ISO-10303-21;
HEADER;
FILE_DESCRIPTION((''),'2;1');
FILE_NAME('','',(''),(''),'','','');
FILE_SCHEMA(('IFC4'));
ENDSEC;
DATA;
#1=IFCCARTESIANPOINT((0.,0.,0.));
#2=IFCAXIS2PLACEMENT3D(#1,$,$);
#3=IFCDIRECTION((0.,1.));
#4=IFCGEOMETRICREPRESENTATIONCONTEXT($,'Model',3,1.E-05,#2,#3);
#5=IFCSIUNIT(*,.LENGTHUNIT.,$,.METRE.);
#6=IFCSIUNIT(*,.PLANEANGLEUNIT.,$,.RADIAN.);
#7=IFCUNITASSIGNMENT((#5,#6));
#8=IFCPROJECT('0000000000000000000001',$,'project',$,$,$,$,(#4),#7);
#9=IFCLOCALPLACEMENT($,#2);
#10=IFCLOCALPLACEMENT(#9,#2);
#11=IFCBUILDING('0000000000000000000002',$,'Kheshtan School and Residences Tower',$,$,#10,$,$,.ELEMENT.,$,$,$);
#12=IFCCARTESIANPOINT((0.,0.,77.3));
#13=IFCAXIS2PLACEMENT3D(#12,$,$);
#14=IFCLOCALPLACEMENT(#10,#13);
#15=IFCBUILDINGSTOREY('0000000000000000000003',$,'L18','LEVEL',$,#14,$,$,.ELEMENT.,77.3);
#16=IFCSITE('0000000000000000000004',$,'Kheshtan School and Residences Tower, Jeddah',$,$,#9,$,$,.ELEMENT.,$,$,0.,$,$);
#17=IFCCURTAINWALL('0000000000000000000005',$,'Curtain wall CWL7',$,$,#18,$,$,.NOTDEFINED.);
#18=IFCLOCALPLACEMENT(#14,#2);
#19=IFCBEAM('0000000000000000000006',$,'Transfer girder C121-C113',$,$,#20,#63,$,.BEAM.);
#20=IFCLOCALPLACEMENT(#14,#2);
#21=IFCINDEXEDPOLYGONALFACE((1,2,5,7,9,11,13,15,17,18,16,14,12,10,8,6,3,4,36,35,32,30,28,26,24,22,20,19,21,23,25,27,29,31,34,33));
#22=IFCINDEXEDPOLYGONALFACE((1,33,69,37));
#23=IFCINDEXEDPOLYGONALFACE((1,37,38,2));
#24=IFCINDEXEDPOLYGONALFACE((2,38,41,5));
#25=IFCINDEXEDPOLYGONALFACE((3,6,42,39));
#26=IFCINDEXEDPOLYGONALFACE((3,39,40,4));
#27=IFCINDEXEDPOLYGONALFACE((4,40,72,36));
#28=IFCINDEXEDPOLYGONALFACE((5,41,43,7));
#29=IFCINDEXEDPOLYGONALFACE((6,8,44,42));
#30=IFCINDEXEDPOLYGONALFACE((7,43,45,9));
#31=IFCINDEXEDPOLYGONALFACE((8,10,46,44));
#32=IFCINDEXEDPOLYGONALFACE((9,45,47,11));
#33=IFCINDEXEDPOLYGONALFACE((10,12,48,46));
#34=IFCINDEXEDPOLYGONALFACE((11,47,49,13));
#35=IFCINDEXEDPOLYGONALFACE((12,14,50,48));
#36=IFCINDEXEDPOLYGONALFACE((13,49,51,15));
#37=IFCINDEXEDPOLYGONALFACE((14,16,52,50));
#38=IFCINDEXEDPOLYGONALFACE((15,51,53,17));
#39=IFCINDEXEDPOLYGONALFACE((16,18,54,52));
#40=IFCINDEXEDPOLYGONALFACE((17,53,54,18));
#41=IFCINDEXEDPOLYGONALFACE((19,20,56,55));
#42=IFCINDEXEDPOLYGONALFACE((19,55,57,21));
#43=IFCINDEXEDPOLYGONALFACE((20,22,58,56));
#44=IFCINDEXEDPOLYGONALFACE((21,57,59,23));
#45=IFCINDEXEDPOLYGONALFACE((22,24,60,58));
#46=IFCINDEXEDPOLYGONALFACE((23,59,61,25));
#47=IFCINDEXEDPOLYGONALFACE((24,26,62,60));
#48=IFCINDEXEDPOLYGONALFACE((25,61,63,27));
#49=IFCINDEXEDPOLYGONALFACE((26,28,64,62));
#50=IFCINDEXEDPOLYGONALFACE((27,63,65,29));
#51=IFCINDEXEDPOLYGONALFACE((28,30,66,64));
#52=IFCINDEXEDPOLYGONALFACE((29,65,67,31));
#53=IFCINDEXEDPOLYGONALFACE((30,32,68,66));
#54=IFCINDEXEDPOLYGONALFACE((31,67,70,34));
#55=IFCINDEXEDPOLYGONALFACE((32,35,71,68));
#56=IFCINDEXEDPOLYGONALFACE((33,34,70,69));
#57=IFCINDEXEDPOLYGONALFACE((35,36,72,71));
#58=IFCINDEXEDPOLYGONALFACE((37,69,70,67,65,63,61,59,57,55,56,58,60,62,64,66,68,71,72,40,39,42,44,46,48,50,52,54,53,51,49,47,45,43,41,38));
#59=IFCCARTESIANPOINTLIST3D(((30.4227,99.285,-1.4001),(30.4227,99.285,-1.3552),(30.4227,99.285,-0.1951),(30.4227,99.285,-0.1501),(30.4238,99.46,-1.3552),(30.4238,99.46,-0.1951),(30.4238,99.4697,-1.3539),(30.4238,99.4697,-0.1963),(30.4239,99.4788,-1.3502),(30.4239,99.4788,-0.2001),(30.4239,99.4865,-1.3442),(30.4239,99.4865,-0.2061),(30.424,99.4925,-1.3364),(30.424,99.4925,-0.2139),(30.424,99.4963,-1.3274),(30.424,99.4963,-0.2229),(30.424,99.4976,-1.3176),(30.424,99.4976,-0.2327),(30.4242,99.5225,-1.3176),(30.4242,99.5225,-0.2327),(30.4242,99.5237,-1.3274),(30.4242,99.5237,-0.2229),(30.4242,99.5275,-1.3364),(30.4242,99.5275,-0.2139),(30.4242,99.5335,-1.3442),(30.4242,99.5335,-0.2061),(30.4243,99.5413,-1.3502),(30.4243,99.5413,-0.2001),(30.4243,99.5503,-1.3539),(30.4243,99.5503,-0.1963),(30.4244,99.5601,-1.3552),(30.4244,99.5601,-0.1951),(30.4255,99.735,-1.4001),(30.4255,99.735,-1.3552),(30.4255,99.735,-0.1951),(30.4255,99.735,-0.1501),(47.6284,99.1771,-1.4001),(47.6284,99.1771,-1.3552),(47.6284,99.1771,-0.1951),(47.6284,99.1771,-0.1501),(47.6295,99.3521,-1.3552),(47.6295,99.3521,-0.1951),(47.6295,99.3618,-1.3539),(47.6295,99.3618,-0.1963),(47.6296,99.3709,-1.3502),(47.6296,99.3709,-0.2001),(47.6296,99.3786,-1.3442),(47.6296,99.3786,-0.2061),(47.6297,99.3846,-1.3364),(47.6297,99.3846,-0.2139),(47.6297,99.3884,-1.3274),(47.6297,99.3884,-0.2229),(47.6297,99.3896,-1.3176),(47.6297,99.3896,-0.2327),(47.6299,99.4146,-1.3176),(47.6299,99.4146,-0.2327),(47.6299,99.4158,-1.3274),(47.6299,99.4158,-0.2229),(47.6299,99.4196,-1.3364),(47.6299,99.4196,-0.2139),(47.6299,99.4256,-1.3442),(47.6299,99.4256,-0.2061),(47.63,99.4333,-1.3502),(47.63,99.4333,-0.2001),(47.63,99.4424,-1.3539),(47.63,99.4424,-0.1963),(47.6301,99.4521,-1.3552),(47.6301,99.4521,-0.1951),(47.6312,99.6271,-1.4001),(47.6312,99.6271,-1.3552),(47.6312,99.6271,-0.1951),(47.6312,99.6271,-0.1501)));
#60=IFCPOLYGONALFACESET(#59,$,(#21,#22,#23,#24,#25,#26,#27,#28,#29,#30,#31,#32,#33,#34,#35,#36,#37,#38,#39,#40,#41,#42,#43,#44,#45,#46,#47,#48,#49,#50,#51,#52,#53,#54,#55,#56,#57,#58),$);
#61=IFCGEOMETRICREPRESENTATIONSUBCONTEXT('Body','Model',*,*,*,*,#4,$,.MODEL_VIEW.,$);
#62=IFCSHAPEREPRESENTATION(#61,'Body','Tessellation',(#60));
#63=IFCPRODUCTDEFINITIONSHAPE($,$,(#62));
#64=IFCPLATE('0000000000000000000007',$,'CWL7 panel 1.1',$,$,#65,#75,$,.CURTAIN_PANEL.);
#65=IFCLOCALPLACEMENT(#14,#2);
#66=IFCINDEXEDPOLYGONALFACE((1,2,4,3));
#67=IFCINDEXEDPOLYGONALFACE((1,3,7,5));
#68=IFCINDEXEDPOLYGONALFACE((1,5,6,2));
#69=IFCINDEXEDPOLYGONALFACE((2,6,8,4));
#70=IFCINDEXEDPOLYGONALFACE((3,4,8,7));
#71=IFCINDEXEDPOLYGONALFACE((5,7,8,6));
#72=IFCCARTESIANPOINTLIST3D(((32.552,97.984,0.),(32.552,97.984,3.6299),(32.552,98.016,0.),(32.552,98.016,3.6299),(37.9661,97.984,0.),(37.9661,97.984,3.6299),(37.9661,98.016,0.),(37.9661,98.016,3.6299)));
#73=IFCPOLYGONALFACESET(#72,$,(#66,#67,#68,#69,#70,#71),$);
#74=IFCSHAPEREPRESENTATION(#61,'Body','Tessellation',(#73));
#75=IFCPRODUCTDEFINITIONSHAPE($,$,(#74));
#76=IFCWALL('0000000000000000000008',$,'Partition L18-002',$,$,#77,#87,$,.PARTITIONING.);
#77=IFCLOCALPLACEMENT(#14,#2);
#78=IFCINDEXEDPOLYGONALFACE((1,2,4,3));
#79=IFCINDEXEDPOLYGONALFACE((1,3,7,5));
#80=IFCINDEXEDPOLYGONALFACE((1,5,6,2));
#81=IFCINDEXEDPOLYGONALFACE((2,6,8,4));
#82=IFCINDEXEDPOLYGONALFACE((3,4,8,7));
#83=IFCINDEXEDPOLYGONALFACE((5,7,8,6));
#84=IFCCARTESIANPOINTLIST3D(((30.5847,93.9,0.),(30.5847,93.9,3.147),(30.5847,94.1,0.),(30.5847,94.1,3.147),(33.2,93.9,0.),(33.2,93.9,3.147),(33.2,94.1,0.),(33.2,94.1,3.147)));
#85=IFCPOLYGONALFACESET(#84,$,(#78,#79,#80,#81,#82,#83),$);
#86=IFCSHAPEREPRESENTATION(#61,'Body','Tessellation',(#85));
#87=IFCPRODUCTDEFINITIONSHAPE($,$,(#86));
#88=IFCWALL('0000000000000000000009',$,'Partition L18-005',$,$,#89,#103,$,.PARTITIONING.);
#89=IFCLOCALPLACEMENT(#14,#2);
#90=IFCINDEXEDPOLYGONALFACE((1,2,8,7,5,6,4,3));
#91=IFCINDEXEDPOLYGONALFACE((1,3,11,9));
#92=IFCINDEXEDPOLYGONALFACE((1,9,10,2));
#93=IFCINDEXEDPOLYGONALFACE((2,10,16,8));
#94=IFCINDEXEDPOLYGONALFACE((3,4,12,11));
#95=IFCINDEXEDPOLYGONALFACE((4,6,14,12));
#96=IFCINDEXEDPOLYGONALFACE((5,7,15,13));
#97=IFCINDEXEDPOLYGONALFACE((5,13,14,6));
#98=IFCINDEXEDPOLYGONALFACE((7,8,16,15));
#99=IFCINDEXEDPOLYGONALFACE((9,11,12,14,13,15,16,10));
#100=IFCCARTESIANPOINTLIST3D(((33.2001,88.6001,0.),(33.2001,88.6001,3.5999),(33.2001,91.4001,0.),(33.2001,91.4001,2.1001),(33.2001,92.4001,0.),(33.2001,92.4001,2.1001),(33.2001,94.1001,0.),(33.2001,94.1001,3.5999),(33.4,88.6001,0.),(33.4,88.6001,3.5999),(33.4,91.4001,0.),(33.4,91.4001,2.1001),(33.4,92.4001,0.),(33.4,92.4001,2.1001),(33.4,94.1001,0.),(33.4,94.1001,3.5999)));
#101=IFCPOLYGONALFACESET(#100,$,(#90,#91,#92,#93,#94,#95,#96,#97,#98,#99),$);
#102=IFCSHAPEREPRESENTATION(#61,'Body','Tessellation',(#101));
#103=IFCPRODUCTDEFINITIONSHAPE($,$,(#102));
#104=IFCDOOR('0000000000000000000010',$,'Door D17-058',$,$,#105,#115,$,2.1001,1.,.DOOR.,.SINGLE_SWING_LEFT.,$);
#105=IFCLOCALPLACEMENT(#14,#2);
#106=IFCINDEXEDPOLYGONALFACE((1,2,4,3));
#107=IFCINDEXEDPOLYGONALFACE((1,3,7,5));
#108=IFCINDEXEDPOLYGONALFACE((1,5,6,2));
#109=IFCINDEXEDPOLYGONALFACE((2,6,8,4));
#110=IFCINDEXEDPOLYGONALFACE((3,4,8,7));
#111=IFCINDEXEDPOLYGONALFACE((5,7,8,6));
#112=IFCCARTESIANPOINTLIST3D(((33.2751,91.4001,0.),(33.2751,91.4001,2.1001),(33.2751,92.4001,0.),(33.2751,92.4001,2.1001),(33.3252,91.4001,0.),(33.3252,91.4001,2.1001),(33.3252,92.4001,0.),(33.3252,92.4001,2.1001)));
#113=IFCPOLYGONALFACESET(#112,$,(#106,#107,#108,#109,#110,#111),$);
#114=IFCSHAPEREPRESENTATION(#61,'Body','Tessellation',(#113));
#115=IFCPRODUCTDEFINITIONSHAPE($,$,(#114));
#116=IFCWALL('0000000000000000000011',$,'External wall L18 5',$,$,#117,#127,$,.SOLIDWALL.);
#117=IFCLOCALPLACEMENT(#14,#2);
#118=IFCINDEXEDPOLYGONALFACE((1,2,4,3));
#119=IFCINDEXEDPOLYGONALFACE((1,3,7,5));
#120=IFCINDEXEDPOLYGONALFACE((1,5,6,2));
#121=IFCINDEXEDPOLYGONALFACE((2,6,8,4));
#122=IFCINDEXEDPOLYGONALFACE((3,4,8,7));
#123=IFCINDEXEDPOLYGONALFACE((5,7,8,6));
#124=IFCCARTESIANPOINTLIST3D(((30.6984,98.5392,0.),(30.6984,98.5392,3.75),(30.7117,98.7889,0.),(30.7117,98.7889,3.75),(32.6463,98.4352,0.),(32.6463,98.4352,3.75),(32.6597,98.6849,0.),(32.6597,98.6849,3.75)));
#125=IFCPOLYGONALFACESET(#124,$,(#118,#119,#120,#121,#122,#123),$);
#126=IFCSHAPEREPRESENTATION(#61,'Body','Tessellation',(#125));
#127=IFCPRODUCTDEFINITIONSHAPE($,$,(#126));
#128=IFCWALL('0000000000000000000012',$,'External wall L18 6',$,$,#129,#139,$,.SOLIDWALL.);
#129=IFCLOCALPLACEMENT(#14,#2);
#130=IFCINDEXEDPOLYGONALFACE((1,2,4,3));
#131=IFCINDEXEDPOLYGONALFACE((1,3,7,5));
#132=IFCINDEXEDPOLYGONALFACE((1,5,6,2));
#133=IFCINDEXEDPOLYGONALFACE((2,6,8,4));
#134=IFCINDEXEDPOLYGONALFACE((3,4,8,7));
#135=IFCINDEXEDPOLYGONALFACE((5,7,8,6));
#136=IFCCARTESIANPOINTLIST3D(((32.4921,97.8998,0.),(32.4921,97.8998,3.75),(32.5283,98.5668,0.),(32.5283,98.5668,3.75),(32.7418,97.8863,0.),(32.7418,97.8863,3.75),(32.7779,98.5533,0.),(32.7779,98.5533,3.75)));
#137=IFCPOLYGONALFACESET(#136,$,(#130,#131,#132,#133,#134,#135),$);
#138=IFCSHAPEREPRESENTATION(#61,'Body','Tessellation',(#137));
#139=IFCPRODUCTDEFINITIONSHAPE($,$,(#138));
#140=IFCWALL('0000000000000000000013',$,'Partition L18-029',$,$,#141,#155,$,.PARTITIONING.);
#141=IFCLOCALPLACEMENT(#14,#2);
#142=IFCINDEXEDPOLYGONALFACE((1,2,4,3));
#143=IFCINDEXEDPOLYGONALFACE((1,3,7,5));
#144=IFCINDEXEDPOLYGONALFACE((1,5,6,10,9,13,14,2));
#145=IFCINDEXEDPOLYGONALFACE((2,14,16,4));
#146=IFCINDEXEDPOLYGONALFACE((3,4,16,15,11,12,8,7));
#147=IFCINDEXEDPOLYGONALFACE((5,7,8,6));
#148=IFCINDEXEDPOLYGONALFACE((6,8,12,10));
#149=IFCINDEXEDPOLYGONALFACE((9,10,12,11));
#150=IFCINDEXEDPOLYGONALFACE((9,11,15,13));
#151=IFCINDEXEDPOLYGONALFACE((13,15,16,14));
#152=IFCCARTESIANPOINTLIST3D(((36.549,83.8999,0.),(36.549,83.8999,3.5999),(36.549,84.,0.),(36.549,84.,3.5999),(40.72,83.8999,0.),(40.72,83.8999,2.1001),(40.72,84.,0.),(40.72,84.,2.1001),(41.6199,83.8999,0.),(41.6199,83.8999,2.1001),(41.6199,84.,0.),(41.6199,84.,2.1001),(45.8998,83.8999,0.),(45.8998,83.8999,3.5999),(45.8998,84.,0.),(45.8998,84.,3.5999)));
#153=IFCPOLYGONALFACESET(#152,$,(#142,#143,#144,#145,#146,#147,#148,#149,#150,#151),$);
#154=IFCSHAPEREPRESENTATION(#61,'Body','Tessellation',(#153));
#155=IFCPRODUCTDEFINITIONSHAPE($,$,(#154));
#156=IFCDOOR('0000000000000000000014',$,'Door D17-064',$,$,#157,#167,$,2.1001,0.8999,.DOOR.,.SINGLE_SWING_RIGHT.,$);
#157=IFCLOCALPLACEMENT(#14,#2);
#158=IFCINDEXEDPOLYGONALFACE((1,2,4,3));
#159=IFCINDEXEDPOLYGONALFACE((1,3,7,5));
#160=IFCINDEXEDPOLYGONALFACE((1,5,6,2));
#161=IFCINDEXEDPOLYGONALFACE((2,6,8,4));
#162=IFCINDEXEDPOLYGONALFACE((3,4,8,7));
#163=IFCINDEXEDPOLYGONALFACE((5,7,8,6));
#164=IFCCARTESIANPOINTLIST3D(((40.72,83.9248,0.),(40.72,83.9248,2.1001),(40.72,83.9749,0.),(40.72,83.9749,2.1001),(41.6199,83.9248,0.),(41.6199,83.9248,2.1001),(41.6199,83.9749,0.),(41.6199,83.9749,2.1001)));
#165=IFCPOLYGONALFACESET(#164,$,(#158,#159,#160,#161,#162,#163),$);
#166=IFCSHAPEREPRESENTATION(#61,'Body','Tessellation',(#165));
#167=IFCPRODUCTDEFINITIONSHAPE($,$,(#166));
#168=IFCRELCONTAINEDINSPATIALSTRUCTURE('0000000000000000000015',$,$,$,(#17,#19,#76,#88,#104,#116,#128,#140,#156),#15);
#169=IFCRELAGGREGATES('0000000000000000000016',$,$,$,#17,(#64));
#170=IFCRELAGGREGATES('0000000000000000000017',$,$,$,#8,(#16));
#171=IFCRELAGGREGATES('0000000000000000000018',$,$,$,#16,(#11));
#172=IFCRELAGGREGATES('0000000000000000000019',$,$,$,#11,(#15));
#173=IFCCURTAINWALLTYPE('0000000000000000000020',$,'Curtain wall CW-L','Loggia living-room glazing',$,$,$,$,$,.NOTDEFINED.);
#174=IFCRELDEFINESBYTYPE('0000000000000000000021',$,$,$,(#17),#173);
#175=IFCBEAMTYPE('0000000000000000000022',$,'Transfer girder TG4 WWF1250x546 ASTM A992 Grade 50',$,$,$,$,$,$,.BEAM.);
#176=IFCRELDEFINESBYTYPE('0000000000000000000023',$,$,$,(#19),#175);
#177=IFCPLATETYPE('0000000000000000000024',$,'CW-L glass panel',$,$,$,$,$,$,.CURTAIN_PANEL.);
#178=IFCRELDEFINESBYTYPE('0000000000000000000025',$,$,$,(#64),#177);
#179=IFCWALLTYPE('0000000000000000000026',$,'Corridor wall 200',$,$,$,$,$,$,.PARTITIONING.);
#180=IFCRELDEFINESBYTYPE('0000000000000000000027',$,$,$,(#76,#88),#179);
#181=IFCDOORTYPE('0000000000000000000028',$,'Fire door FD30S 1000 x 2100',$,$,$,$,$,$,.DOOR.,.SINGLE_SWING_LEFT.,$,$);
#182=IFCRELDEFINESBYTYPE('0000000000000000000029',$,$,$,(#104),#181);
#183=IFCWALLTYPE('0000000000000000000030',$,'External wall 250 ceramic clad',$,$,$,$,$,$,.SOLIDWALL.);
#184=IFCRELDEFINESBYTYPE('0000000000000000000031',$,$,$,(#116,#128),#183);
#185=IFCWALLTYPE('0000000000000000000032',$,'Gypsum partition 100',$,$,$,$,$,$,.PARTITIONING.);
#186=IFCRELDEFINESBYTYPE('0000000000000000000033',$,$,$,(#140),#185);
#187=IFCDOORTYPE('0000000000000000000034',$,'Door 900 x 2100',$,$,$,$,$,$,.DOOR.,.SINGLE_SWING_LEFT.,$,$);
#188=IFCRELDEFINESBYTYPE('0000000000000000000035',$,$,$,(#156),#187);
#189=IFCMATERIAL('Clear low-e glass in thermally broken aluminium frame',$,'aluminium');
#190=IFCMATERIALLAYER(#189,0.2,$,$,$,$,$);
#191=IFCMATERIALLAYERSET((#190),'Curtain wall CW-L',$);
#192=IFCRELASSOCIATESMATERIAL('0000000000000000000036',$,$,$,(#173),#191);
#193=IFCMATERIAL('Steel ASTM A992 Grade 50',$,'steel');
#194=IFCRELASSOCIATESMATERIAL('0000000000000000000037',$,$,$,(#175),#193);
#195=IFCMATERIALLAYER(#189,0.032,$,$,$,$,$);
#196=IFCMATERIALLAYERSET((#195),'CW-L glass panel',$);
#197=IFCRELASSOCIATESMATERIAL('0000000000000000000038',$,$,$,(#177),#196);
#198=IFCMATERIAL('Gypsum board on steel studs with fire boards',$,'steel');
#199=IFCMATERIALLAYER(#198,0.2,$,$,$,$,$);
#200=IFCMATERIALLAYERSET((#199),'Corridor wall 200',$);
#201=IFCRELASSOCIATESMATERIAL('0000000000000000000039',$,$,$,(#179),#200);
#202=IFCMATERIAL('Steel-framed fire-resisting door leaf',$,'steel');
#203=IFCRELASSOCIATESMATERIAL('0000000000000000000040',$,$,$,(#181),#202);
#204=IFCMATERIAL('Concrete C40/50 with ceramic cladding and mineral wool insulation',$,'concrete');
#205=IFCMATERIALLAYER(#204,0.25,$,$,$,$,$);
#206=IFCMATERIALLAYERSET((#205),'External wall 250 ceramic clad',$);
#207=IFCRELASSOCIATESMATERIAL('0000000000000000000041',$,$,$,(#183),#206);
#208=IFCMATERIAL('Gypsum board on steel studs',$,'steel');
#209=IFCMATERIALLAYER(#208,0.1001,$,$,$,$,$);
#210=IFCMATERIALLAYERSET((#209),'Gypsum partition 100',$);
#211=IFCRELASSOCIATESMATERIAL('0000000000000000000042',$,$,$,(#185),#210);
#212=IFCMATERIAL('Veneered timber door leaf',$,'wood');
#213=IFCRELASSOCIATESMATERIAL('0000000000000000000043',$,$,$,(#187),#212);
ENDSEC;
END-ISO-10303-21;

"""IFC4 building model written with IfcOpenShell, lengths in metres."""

from ifc_helpers import new_model, si_unit, direction, frame, frame_2d, origin, origin_2d, place, context, subcontext, project, spatial, rectangle, i_section, extrude, source, transform, mapped, material, layer, layer_set, material_profile, profile_set, type_object, element, fill, aggregate, save


model = new_model("IFC4")

# Units and contexts
model_context = context("Model", 3, precision=1e-05, world=origin(), true_north=direction((0.0, 1.0)))
body_context = subcontext(model_context, "Body", "Model", "MODEL_VIEW")
ifc_project = project(units=[si_unit("LENGTHUNIT", "METRE"), si_unit("PLANEANGLEUNIT", "RADIAN")], contexts=[model_context])

# Site, building, storey
site_placement = place(None, origin())
site = spatial("IfcSite", under=ifc_project, at=site_placement, Name="Kheshtan School and Residences Tower, Jeddah", CompositionType="ELEMENT", RefElevation=0.0)
building_placement = place(site_placement, origin())
building = spatial("IfcBuilding", under=site, at=building_placement, Name="Kheshtan School and Residences Tower", CompositionType="ELEMENT")
storey_placement = place(building_placement, frame((0.0, 0.0, 77.3)))
storey = spatial("IfcBuildingStorey", under=building, at=storey_placement, Name="L18", Description="LEVEL", CompositionType="ELEMENT", Elevation=77.3)

# Shared definitions
ifc_material_1 = material(Name="Steel ASTM A992 Grade 50", Category="steel")

# Curtain wall
ifc_material_2 = material(Name="Clear low-e glass in thermally broken aluminium frame", Category="aluminium")
ifc_layer_1 = layer(ifc_material_2, 0.2)
ifc_layer_set_1 = layer_set([ifc_layer_1], Name="Curtain wall CW-L")
curtain_wall_type = type_object("IfcCurtainWallType", Name="Curtain wall CW-L", Description="Loggia living-room glazing", PredefinedType="NOTDEFINED", material=ifc_layer_set_1)
curtain_wall_placement = place(storey_placement, origin())
curtain_wall = element("IfcCurtainWall", 1, at=curtain_wall_placement, inside=storey, type_object=curtain_wall_type, Name="Curtain wall CWL7", PredefinedType="NOTDEFINED")

# Beam
ifc_material_profile_1 = material_profile(ifc_material_1, i_section(OverallWidth=0.45, OverallDepth=1.25, WebThickness=0.0249, FlangeThickness=0.0449, FilletRadius=0.0376, at=origin_2d()), Name="WWF1250x546")
ifc_profile_set_1 = profile_set([ifc_material_profile_1], Name="Steel ASTM A992 Grade 50")
beam_type_1 = type_object("IfcBeamType", Name="Transfer girder TG4 WWF1250x546 ASTM A992 Grade 50", PredefinedType="BEAM", material=ifc_profile_set_1)
beam_1_placement = place(storey_placement, frame((30.4241, 99.51, -0.7751), z_axis=(0.99998, -0.006272, 0.0), x_axis=(0.006272, 0.99998, 0.0)))
element("IfcBeam", 2, at=beam_1_placement, inside=storey, type_object=beam_type_1, Name="Transfer girder C121-C113", PredefinedType="BEAM", context=body_context, shape_type="SweptSolid", body=[
    extrude(i_section(OverallWidth=0.45, OverallDepth=1.25, WebThickness=0.0249, FlangeThickness=0.0449, FilletRadius=0.0376, at=origin_2d()), origin(), (0.0, 0.0, 1.0), 17.2061),
])

# Plate
ifc_layer_2 = layer(ifc_material_2, 0.032)
ifc_layer_set_2 = layer_set([ifc_layer_2], Name="CW-L glass panel")
plate_type = type_object("IfcPlateType", Name="CW-L glass panel", PredefinedType="CURTAIN_PANEL", material=ifc_layer_set_2)
plate_placement = place(storey_placement, frame((35.259, 98.0, 0.0), z_axis=(0.0, 0.0, 1.0), x_axis=(1.0, 0.0, 0.0)))
plate = element("IfcPlate", 3, at=plate_placement, type_object=plate_type, Name="CWL7 panel 1.1", PredefinedType="CURTAIN_PANEL", context=body_context, shape_type="SweptSolid", body=[
    extrude(rectangle(XDim=5.4141, YDim=0.032, at=origin_2d()), origin(), (0.0, 0.0, 1.0), 3.6299),
])
aggregate(curtain_wall, [plate])

# Wall
ifc_material_3 = material(Name="Gypsum board on steel studs with fire boards", Category="steel")
ifc_layer_3 = layer(ifc_material_3, 0.2)
ifc_layer_set_3 = layer_set([ifc_layer_3], Name="Corridor wall 200")
wall_type_1 = type_object("IfcWallType", Name="Corridor wall 200", PredefinedType="PARTITIONING", material=ifc_layer_set_3)
wall_1_placement = place(storey_placement, frame((30.5847, 94.0, 0.0), z_axis=(0.0, 0.0, 1.0), x_axis=(1.0, 0.0, 0.0)))
element("IfcWall", 4, at=wall_1_placement, inside=storey, type_object=wall_type_1, Name="Partition L18-002", PredefinedType="PARTITIONING", context=body_context, shape_type="SweptSolid", body=[
    extrude(rectangle(XDim=2.6152, YDim=0.2, at=frame_2d((1.3076, 0.0))), origin(), (0.0, 0.0, 1.0), 3.147),
])

# Wall, opening, door
wall_2_placement = place(storey_placement, frame((33.3, 88.6001, 0.0), z_axis=(0.0, 0.0, 1.0), x_axis=(0.0, 1.0, 0.0)))
wall_2 = element("IfcWall", 5, at=wall_2_placement, inside=storey, type_object=wall_type_1, Name="Partition L18-005", PredefinedType="PARTITIONING", context=body_context, shape_type="SweptSolid", body=[
    extrude(rectangle(XDim=5.5, YDim=0.2, at=frame_2d((2.75, 0.0))), origin(), (0.0, 0.0, 1.0), 3.5999),
])
opening_1_placement = place(wall_2_placement, frame((2.8, 0.0, 0.0)))
opening_1 = element("IfcOpeningElement", 6, at=opening_1_placement, cuts=wall_2, PredefinedType="OPENING", context=body_context, shape_type="SweptSolid", body=[
    extrude(rectangle(XDim=1.0, YDim=2.1001, at=frame_2d((0.5, 1.05))), frame((0.0, 0.1099, 0.0), z_axis=(0.0, -1.0, 0.0), x_axis=(1.0, 0.0, 0.0)), (0.0, 0.0, 1.0), 0.22),
])
ifc_material_4 = material(Name="Steel-framed fire-resisting door leaf", Category="steel")
door_type_1 = type_object("IfcDoorType", Name="Fire door FD30S 1000 x 2100", OperationType="SINGLE_SWING_LEFT", PredefinedType="DOOR", material=ifc_material_4)
shared_shape_1 = source(origin(), body_context, "Body", "SweptSolid", [
    extrude(rectangle(XDim=1.0, YDim=2.1001, at=frame_2d((0.5, 1.05))), frame((0.0, 0.0249, 0.0), z_axis=(0.0, -1.0, 0.0), x_axis=(1.0, 0.0, 0.0)), (0.0, 0.0, 1.0), 0.05),
])
door_1_placement = place(opening_1_placement, origin())
door_1 = element("IfcDoor", 7, at=door_1_placement, inside=storey, type_object=door_type_1, Name="Door D17-058", OperationType="SINGLE_SWING_LEFT", OverallHeight=2.1001, OverallWidth=1.0, PredefinedType="DOOR", context=body_context, shape_type="MappedRepresentation", body=[
    mapped(shared_shape_1, transform((0.0, 0.0, 0.0), x_axis=(1.0, 0.0, 0.0), y_axis=(0.0, 1.0, 0.0), z_axis=(0.0, 0.0, 1.0), scale=1.0)),
])
fill(opening_1, door_1)

# Walls
ifc_material_5 = material(Name="Concrete C40/50 with ceramic cladding and mineral wool insulation", Category="concrete")
ifc_layer_4 = layer(ifc_material_5, 0.25)
ifc_layer_set_4 = layer_set([ifc_layer_4], Name="External wall 250 ceramic clad")
wall_type_2 = type_object("IfcWallType", Name="External wall 250 ceramic clad", PredefinedType="SOLIDWALL", material=ifc_layer_set_4)
wall_3_placement = place(storey_placement, frame((30.7051, 98.6641, 0.0), z_axis=(0.0, 0.0, 1.0), x_axis=(0.998578, -0.053314, 0.0)))
element("IfcWall", 8, at=wall_3_placement, inside=storey, type_object=wall_type_2, Name="External wall L18 5", PredefinedType="SOLIDWALL", context=body_context, shape_type="SweptSolid", body=[
    extrude(rectangle(XDim=1.9507, YDim=0.25, at=frame_2d((0.9753, 0.0))), origin(), (0.0, 0.0, 1.0), 3.75),
])
wall_4_placement = place(storey_placement, frame((32.6531, 98.5601, 0.0), z_axis=(0.0, 0.0, 1.0), x_axis=(-0.054093, -0.998536, 0.0)))
element("IfcWall", 9, at=wall_4_placement, inside=storey, type_object=wall_type_2, Name="External wall L18 6", PredefinedType="SOLIDWALL", context=body_context, shape_type="SweptSolid", body=[
    extrude(rectangle(XDim=0.668, YDim=0.25, at=frame_2d((0.334, 0.0))), origin(), (0.0, 0.0, 1.0), 3.75),
])

# Wall, opening, door
ifc_material_6 = material(Name="Gypsum board on steel studs", Category="steel")
ifc_layer_5 = layer(ifc_material_6, 0.1001)
ifc_layer_set_5 = layer_set([ifc_layer_5], Name="Gypsum partition 100")
wall_type_3 = type_object("IfcWallType", Name="Gypsum partition 100", PredefinedType="PARTITIONING", material=ifc_layer_set_5)
wall_5_placement = place(storey_placement, frame((36.5491, 83.95, 0.0), z_axis=(0.0, 0.0, 1.0), x_axis=(1.0, 0.0, 0.0)))
wall_5 = element("IfcWall", 10, at=wall_5_placement, inside=storey, type_object=wall_type_3, Name="Partition L18-029", PredefinedType="PARTITIONING", context=body_context, shape_type="SweptSolid", body=[
    extrude(rectangle(XDim=9.3508, YDim=0.1001, at=frame_2d((4.6753, 0.0))), origin(), (0.0, 0.0, 1.0), 3.5999),
])
opening_2_placement = place(wall_5_placement, frame((4.1709, 0.0, 0.0)))
opening_2 = element("IfcOpeningElement", 11, at=opening_2_placement, cuts=wall_5, PredefinedType="OPENING", context=body_context, shape_type="SweptSolid", body=[
    extrude(rectangle(XDim=0.8999, YDim=2.1001, at=frame_2d((0.45, 1.05))), frame((0.0, 0.0601, 0.0), z_axis=(0.0, -1.0, 0.0), x_axis=(1.0, 0.0, 0.0)), (0.0, 0.0, 1.0), 0.1201),
])
ifc_material_7 = material(Name="Veneered timber door leaf", Category="wood")
door_type_2 = type_object("IfcDoorType", Name="Door 900 x 2100", OperationType="SINGLE_SWING_LEFT", PredefinedType="DOOR", material=ifc_material_7)
shared_shape_2 = source(origin(), body_context, "Body", "SweptSolid", [
    extrude(rectangle(XDim=0.8999, YDim=2.1001, at=frame_2d((0.45, 1.05))), frame((0.0, 0.0249, 0.0), z_axis=(0.0, -1.0, 0.0), x_axis=(1.0, 0.0, 0.0)), (0.0, 0.0, 1.0), 0.05),
])
door_2_placement = place(opening_2_placement, origin())
door_2 = element("IfcDoor", 12, at=door_2_placement, inside=storey, type_object=door_type_2, Name="Door D17-064", OperationType="SINGLE_SWING_RIGHT", OverallHeight=2.1001, OverallWidth=0.8999, PredefinedType="DOOR", context=body_context, shape_type="MappedRepresentation", body=[
    mapped(shared_shape_2, transform((0.0, 0.0, 0.0), x_axis=(1.0, 0.0, 0.0), y_axis=(0.0, 1.0, 0.0), z_axis=(0.0, 0.0, 1.0), scale=1.0)),
])
fill(opening_2, door_2)

save(model, "model.ifc")
